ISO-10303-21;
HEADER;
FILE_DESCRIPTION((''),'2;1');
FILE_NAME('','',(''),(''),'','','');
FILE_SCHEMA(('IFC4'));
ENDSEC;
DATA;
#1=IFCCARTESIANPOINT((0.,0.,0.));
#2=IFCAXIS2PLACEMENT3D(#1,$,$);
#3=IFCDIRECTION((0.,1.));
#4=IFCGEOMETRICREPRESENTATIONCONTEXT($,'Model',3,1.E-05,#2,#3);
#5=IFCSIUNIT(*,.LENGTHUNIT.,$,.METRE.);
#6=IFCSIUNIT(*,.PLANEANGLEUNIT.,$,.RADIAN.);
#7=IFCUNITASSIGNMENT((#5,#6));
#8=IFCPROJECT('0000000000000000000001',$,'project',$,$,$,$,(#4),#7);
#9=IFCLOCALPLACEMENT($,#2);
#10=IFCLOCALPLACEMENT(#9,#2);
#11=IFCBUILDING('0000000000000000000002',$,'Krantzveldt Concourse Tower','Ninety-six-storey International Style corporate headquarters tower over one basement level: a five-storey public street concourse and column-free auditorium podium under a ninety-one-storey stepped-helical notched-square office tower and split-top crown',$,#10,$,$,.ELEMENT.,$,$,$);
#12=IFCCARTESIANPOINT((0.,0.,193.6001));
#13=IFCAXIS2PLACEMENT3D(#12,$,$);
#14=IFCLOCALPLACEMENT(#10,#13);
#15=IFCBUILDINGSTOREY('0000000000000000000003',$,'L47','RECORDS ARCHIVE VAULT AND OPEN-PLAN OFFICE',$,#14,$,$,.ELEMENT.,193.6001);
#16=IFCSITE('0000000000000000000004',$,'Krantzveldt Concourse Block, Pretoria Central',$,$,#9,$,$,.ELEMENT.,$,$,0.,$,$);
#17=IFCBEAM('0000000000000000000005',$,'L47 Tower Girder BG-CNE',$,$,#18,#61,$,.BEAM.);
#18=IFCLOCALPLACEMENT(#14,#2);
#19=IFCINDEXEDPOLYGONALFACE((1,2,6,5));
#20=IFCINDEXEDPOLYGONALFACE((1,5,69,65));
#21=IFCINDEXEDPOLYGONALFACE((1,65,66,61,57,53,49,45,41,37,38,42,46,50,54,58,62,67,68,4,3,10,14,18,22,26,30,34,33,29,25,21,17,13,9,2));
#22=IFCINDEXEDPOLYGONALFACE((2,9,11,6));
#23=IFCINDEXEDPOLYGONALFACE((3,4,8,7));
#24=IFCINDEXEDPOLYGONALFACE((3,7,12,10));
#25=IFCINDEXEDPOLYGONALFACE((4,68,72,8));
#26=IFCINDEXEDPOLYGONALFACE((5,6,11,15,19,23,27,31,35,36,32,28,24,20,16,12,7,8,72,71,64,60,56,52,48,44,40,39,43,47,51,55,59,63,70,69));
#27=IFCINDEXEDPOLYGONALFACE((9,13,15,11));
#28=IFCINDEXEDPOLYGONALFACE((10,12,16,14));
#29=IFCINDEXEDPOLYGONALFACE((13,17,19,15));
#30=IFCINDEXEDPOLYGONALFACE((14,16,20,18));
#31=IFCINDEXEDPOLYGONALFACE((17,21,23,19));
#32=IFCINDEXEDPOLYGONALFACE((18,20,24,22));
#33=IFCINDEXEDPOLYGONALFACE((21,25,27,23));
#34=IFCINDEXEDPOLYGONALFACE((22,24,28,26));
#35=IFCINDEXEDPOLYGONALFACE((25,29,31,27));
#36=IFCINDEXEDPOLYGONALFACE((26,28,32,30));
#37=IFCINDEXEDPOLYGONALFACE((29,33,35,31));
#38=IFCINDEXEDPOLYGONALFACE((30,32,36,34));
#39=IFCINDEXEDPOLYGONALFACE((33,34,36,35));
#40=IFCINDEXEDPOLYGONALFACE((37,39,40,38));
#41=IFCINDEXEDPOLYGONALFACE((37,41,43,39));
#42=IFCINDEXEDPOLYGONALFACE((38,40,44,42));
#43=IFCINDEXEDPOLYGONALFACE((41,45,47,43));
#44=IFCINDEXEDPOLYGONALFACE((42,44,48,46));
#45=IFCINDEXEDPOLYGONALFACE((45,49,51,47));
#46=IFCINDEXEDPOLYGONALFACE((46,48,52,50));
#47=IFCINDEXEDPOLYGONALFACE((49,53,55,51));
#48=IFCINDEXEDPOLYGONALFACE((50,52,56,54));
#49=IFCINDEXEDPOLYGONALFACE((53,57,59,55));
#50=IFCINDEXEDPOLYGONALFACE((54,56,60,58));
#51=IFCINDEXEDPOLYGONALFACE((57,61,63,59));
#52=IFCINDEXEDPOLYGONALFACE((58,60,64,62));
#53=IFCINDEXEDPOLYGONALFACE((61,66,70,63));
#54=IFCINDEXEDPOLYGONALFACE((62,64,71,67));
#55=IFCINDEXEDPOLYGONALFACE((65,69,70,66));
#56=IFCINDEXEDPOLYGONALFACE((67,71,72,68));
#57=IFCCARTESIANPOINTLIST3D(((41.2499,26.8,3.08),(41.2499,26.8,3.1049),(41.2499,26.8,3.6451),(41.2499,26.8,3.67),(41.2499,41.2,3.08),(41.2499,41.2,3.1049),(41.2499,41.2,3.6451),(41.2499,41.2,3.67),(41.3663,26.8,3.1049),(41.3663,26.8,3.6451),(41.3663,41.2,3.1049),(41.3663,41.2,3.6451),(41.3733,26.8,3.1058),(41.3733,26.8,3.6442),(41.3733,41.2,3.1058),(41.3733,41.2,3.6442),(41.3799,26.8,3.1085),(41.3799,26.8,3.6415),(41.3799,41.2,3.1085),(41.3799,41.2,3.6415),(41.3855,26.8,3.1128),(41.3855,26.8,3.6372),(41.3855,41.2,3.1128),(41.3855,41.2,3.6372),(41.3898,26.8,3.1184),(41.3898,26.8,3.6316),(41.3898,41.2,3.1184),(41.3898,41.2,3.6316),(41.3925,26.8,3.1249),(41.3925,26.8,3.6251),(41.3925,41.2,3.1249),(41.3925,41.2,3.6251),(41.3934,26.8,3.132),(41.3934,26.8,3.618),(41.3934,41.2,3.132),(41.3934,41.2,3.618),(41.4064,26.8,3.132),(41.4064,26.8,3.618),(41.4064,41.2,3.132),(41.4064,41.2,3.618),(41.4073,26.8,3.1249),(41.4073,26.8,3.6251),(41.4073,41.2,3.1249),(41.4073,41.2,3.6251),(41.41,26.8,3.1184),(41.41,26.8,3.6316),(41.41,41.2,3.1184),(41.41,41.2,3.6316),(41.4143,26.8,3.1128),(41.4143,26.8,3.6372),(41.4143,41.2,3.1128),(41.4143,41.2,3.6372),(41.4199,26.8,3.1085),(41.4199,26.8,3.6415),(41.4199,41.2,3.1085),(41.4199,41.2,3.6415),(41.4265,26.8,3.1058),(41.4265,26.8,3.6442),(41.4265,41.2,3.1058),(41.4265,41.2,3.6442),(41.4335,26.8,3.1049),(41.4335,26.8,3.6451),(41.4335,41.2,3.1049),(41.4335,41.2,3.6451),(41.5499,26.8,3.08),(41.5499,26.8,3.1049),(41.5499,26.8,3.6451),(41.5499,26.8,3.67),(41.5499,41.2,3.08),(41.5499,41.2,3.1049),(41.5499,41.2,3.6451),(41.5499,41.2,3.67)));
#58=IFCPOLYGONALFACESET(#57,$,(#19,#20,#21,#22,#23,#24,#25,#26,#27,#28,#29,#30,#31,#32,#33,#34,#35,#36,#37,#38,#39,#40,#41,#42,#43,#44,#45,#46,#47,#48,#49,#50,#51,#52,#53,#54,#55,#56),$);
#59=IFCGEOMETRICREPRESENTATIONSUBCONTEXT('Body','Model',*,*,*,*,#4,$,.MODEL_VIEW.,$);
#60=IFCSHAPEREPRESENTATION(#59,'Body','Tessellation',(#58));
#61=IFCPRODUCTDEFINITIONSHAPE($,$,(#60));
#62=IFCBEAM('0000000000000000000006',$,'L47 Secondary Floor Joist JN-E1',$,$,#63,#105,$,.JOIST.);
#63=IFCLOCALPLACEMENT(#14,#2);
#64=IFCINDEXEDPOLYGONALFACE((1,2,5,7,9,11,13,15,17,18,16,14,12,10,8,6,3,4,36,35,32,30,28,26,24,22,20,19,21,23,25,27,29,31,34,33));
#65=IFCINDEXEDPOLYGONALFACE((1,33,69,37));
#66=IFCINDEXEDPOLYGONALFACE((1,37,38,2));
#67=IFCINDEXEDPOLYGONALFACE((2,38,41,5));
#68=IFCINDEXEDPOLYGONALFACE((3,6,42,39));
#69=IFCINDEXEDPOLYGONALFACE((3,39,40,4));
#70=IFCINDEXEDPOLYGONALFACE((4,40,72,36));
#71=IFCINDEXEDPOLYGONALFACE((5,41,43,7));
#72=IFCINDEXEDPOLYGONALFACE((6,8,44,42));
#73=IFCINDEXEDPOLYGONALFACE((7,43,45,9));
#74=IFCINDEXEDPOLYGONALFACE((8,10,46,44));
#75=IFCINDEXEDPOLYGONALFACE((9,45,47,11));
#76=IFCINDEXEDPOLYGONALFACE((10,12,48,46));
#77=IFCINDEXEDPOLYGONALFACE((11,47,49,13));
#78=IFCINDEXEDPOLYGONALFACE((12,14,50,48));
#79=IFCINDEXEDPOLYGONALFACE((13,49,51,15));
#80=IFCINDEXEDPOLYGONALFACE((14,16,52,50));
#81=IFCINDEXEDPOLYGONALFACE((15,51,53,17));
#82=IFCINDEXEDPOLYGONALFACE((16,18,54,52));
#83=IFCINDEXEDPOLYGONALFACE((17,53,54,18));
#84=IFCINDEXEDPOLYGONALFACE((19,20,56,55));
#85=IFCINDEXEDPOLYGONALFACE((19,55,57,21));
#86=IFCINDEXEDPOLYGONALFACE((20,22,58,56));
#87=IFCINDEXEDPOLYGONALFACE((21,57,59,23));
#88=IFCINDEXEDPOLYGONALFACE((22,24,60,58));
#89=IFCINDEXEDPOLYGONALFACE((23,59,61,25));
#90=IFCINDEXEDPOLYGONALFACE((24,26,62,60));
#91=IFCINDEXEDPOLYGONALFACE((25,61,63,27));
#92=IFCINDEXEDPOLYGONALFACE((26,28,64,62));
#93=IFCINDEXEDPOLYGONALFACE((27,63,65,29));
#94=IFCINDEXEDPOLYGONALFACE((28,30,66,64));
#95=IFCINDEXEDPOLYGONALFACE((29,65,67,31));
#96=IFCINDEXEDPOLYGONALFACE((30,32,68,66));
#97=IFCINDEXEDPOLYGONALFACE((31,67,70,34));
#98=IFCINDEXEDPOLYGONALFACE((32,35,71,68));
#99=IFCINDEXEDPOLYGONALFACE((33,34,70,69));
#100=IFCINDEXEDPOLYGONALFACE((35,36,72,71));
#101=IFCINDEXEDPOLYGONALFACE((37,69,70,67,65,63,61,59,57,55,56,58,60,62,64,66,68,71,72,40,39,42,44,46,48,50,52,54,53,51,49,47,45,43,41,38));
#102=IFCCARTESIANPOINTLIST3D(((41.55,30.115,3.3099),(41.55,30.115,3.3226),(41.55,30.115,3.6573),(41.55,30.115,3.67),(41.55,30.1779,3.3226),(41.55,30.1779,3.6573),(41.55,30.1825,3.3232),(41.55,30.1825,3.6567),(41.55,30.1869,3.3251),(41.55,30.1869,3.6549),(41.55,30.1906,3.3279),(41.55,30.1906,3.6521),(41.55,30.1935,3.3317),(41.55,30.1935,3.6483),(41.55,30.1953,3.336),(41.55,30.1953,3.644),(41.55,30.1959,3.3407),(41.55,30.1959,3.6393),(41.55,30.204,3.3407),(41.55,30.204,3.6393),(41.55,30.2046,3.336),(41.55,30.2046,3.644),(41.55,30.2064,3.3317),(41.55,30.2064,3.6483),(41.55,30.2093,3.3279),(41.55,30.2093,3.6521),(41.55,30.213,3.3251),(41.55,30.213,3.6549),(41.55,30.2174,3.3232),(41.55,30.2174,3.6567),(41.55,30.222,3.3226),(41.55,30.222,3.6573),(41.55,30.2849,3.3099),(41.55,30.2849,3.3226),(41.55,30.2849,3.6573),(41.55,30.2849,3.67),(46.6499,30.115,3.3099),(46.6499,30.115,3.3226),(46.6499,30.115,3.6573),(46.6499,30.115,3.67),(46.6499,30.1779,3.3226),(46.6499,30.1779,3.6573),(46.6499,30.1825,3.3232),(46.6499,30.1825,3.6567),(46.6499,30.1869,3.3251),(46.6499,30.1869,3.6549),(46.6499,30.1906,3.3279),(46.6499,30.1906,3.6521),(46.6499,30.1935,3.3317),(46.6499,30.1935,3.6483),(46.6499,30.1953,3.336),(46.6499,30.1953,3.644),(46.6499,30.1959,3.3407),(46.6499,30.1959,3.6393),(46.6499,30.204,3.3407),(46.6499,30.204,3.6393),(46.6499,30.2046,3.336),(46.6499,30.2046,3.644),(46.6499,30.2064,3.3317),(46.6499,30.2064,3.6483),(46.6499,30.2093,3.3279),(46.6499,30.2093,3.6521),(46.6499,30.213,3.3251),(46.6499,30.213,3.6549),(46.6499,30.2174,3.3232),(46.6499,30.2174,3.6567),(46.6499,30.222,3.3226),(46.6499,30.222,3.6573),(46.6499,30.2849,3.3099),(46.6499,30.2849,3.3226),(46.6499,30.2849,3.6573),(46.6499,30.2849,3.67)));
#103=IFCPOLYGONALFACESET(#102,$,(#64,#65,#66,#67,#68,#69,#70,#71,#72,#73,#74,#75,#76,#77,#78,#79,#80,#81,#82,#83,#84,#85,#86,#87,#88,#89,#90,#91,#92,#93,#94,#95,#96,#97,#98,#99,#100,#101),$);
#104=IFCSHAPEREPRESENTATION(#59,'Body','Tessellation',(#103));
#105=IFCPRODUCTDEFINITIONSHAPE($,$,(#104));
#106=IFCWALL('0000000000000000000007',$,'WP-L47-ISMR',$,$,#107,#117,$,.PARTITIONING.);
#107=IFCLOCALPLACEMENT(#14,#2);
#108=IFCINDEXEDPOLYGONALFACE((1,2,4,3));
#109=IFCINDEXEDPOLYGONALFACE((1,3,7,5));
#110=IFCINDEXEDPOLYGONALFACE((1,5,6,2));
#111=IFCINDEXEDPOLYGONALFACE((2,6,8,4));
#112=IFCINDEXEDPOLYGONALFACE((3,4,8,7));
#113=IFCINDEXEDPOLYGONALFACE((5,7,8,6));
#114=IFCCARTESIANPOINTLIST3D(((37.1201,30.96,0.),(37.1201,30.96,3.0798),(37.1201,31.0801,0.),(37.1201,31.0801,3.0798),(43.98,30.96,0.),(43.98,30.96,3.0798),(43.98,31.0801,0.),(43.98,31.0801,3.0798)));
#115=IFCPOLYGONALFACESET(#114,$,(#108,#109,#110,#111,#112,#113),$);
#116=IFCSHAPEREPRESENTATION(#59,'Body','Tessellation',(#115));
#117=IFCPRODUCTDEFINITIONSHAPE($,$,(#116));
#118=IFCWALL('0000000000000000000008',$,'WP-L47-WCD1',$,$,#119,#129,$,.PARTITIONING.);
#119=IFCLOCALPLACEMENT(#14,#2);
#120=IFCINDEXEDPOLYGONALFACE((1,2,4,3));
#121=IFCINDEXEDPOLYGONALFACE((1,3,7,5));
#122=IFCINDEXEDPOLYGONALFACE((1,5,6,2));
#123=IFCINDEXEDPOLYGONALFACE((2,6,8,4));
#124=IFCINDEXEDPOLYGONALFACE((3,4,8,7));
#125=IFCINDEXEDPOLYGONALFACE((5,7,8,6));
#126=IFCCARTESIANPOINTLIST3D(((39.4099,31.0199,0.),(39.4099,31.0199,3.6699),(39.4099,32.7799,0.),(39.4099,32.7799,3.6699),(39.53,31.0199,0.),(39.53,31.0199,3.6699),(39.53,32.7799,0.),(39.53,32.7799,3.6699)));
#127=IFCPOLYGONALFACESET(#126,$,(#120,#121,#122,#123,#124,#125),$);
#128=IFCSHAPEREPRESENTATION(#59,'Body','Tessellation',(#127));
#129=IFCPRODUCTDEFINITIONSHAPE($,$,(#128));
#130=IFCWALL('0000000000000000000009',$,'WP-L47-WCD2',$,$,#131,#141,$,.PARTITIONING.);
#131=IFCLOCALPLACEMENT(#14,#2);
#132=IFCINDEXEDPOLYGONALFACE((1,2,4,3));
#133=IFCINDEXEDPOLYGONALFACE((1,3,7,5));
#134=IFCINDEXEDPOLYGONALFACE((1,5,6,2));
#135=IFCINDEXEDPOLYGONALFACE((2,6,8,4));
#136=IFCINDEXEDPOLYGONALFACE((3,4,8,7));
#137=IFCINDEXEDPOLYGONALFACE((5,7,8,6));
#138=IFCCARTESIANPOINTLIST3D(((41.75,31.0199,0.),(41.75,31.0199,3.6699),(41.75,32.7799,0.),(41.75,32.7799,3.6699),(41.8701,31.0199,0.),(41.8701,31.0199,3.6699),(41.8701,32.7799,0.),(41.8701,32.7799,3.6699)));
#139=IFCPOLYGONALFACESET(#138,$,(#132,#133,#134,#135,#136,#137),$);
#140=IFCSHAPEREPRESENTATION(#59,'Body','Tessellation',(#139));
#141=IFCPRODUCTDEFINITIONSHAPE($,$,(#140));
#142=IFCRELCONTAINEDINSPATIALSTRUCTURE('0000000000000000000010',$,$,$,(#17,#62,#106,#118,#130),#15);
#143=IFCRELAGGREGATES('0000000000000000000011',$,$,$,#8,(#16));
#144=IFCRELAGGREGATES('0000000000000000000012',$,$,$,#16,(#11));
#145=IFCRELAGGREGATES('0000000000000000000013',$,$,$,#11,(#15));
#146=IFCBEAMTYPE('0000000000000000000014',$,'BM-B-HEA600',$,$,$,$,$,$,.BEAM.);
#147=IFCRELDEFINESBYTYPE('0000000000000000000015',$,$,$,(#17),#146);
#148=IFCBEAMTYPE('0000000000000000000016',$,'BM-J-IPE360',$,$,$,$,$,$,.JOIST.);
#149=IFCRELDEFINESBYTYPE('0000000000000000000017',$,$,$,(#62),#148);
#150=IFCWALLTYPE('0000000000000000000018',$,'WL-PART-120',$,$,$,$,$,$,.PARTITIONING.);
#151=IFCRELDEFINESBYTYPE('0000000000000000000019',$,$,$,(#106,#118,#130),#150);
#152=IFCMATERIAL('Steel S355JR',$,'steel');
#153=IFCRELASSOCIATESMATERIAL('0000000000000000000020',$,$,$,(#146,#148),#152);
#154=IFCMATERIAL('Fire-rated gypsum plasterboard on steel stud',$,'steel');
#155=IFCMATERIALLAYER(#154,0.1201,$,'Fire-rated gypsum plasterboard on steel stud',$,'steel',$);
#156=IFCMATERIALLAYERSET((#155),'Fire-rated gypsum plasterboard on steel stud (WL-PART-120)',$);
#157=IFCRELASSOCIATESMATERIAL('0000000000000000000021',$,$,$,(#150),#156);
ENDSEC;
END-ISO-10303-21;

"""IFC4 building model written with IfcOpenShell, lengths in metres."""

from ifc_helpers import new_model, si_unit, direction, frame, frame_2d, origin, origin_2d, place, context, subcontext, project, spatial, rectangle, i_section, extrude, source, transform, mapped, material, layer, layer_set, material_profile, profile_set, type_object, type_shapes, element, save


model = new_model("IFC4")

# Units and contexts
model_context = context("Model", 3, precision=1e-05, world=origin(), true_north=direction((0.0, 1.0)))
body_context = subcontext(model_context, "Body", "Model", "MODEL_VIEW")
ifc_project = project(units=[si_unit("LENGTHUNIT", "METRE"), si_unit("PLANEANGLEUNIT", "RADIAN")], contexts=[model_context])

# Site, building, storey
site_placement = place(None, origin())
site = spatial("IfcSite", under=ifc_project, at=site_placement, Name="Krantzveldt Concourse Block, Pretoria Central", CompositionType="ELEMENT", RefElevation=0.0)
building_placement = place(site_placement, origin())
building = spatial("IfcBuilding", under=site, at=building_placement, Name="Krantzveldt Concourse Tower", Description="Ninety-six-storey International Style corporate headquarters tower over one basement level: a five-storey public street concourse and column-free auditorium podium under a ninety-one-storey stepped-helical notched-square office tower and split-top crown", CompositionType="ELEMENT")
storey_placement = place(building_placement, frame((0.0, 0.0, 193.6001)))
storey = spatial("IfcBuildingStorey", under=building, at=storey_placement, Name="L47", Description="RECORDS ARCHIVE VAULT AND OPEN-PLAN OFFICE", CompositionType="ELEMENT", Elevation=193.6001)

# Beams
ifc_material_1 = material(Name="Steel S355JR", Category="steel")
ifc_material_profile_1 = material_profile(ifc_material_1, i_section(OverallWidth=0.3, OverallDepth=0.5901, WebThickness=0.0129, FlangeThickness=0.0249, FilletRadius=0.0271, at=origin_2d()), Name="Steel S355JR", Category="steel")
ifc_profile_set_1 = profile_set([ifc_material_profile_1], Name="Steel S355JR - HEA 600")
beam_type_1 = type_object("IfcBeamType", Name="BM-B-HEA600", PredefinedType="BEAM", material=ifc_profile_set_1)
shared_shape_1 = source(origin(), body_context, "Body", "SweptSolid", [
    extrude(i_section(OverallWidth=0.3, OverallDepth=0.5901, WebThickness=0.0129, FlangeThickness=0.0249, FilletRadius=0.0271, at=origin_2d()), origin(), (0.0, 0.0, 1.0), 14.3999),
])
type_shapes(beam_type_1, [shared_shape_1])
beam_1_placement = place(storey_placement, frame((41.3999, 26.8, 3.375), z_axis=(0.0, 1.0, 0.0), x_axis=(-1.0, 0.0, 0.0)))
element("IfcBeam", 1, at=beam_1_placement, inside=storey, type_object=beam_type_1, Name="L47 Tower Girder BG-CNE", PredefinedType="BEAM", context=body_context, shape_type="MappedRepresentation", body=[
    mapped(shared_shape_1, transform((0.0, 0.0, 0.0), x_axis=(1.0, 0.0, 0.0), y_axis=(0.0, 1.0, 0.0), z_axis=(0.0, 0.0, 1.0), scale=1.0)),
])
ifc_material_profile_2 = material_profile(ifc_material_1, i_section(OverallWidth=0.1699, OverallDepth=0.3601, WebThickness=0.0081, FlangeThickness=0.0127, FilletRadius=0.0181, at=origin_2d()), Name="Steel S355JR", Category="steel")
ifc_profile_set_2 = profile_set([ifc_material_profile_2], Name="Steel S355JR - IPE 360")
beam_type_2 = type_object("IfcBeamType", Name="BM-J-IPE360", PredefinedType="JOIST", material=ifc_profile_set_2)
shared_shape_2 = source(origin(), body_context, "Body", "SweptSolid", [
    extrude(i_section(OverallWidth=0.1699, OverallDepth=0.3601, WebThickness=0.0081, FlangeThickness=0.0127, FilletRadius=0.0181, at=origin_2d()), origin(), (0.0, 0.0, 1.0), 5.0999),
])
type_shapes(beam_type_2, [shared_shape_2])
beam_2_placement = place(storey_placement, frame((41.55, 30.2, 3.49), z_axis=(1.0, 0.0, 0.0), x_axis=(0.0, 1.0, 0.0)))
element("IfcBeam", 2, at=beam_2_placement, inside=storey, type_object=beam_type_2, Name="L47 Secondary Floor Joist JN-E1", PredefinedType="JOIST", context=body_context, shape_type="MappedRepresentation", body=[
    mapped(shared_shape_2, transform((0.0, 0.0, 0.0), x_axis=(1.0, 0.0, 0.0), y_axis=(0.0, 1.0, 0.0), z_axis=(0.0, 0.0, 1.0), scale=1.0)),
])

# Walls
ifc_material_2 = material(Name="Fire-rated gypsum plasterboard on steel stud", Category="steel")
ifc_layer_1 = layer(ifc_material_2, 0.1201, Name="Fire-rated gypsum plasterboard on steel stud", Category="steel")
ifc_layer_set_1 = layer_set([ifc_layer_1], Name="Fire-rated gypsum plasterboard on steel stud (WL-PART-120)")
wall_type_1 = type_object("IfcWallType", Name="WL-PART-120", PredefinedType="PARTITIONING", material=ifc_layer_set_1)
wall_1_placement = place(storey_placement, frame((37.1201, 31.02, 0.0), z_axis=(0.0, 0.0, 1.0), x_axis=(1.0, 0.0, 0.0)))
element("IfcWall", 3, at=wall_1_placement, inside=storey, type_object=wall_type_1, Name="WP-L47-ISMR", PredefinedType="PARTITIONING", context=body_context, shape_type="SweptSolid", body=[
    extrude(rectangle(XDim=6.8599, YDim=0.1201, at=frame_2d((3.4299, 0.0))), origin(), (0.0, 0.0, 1.0), 3.0798),
])
for number, where, z_axis, x_axis, name in (
    (4, (39.47, 31.02, 0.0), (0.0, 0.0, 1.0), (0.0, 1.0, 0.0), "WP-L47-WCD1"),
    (5, (41.8101, 31.02, 0.0), (0.0, 0.0, 1.0), (0.0, 1.0, 0.0), "WP-L47-WCD2"),
):
    element("IfcWall", number, at=place(storey_placement, frame(where, z_axis=z_axis, x_axis=x_axis)), inside=storey, type_object=wall_type_1, Name=name, PredefinedType="PARTITIONING", context=body_context, shape_type="SweptSolid", body=[
        extrude(rectangle(XDim=1.76, YDim=0.1201, at=frame_2d((0.8799, 0.0))), origin(), (0.0, 0.0, 1.0), 3.6699),
    ])

save(model, "model.ifc")
